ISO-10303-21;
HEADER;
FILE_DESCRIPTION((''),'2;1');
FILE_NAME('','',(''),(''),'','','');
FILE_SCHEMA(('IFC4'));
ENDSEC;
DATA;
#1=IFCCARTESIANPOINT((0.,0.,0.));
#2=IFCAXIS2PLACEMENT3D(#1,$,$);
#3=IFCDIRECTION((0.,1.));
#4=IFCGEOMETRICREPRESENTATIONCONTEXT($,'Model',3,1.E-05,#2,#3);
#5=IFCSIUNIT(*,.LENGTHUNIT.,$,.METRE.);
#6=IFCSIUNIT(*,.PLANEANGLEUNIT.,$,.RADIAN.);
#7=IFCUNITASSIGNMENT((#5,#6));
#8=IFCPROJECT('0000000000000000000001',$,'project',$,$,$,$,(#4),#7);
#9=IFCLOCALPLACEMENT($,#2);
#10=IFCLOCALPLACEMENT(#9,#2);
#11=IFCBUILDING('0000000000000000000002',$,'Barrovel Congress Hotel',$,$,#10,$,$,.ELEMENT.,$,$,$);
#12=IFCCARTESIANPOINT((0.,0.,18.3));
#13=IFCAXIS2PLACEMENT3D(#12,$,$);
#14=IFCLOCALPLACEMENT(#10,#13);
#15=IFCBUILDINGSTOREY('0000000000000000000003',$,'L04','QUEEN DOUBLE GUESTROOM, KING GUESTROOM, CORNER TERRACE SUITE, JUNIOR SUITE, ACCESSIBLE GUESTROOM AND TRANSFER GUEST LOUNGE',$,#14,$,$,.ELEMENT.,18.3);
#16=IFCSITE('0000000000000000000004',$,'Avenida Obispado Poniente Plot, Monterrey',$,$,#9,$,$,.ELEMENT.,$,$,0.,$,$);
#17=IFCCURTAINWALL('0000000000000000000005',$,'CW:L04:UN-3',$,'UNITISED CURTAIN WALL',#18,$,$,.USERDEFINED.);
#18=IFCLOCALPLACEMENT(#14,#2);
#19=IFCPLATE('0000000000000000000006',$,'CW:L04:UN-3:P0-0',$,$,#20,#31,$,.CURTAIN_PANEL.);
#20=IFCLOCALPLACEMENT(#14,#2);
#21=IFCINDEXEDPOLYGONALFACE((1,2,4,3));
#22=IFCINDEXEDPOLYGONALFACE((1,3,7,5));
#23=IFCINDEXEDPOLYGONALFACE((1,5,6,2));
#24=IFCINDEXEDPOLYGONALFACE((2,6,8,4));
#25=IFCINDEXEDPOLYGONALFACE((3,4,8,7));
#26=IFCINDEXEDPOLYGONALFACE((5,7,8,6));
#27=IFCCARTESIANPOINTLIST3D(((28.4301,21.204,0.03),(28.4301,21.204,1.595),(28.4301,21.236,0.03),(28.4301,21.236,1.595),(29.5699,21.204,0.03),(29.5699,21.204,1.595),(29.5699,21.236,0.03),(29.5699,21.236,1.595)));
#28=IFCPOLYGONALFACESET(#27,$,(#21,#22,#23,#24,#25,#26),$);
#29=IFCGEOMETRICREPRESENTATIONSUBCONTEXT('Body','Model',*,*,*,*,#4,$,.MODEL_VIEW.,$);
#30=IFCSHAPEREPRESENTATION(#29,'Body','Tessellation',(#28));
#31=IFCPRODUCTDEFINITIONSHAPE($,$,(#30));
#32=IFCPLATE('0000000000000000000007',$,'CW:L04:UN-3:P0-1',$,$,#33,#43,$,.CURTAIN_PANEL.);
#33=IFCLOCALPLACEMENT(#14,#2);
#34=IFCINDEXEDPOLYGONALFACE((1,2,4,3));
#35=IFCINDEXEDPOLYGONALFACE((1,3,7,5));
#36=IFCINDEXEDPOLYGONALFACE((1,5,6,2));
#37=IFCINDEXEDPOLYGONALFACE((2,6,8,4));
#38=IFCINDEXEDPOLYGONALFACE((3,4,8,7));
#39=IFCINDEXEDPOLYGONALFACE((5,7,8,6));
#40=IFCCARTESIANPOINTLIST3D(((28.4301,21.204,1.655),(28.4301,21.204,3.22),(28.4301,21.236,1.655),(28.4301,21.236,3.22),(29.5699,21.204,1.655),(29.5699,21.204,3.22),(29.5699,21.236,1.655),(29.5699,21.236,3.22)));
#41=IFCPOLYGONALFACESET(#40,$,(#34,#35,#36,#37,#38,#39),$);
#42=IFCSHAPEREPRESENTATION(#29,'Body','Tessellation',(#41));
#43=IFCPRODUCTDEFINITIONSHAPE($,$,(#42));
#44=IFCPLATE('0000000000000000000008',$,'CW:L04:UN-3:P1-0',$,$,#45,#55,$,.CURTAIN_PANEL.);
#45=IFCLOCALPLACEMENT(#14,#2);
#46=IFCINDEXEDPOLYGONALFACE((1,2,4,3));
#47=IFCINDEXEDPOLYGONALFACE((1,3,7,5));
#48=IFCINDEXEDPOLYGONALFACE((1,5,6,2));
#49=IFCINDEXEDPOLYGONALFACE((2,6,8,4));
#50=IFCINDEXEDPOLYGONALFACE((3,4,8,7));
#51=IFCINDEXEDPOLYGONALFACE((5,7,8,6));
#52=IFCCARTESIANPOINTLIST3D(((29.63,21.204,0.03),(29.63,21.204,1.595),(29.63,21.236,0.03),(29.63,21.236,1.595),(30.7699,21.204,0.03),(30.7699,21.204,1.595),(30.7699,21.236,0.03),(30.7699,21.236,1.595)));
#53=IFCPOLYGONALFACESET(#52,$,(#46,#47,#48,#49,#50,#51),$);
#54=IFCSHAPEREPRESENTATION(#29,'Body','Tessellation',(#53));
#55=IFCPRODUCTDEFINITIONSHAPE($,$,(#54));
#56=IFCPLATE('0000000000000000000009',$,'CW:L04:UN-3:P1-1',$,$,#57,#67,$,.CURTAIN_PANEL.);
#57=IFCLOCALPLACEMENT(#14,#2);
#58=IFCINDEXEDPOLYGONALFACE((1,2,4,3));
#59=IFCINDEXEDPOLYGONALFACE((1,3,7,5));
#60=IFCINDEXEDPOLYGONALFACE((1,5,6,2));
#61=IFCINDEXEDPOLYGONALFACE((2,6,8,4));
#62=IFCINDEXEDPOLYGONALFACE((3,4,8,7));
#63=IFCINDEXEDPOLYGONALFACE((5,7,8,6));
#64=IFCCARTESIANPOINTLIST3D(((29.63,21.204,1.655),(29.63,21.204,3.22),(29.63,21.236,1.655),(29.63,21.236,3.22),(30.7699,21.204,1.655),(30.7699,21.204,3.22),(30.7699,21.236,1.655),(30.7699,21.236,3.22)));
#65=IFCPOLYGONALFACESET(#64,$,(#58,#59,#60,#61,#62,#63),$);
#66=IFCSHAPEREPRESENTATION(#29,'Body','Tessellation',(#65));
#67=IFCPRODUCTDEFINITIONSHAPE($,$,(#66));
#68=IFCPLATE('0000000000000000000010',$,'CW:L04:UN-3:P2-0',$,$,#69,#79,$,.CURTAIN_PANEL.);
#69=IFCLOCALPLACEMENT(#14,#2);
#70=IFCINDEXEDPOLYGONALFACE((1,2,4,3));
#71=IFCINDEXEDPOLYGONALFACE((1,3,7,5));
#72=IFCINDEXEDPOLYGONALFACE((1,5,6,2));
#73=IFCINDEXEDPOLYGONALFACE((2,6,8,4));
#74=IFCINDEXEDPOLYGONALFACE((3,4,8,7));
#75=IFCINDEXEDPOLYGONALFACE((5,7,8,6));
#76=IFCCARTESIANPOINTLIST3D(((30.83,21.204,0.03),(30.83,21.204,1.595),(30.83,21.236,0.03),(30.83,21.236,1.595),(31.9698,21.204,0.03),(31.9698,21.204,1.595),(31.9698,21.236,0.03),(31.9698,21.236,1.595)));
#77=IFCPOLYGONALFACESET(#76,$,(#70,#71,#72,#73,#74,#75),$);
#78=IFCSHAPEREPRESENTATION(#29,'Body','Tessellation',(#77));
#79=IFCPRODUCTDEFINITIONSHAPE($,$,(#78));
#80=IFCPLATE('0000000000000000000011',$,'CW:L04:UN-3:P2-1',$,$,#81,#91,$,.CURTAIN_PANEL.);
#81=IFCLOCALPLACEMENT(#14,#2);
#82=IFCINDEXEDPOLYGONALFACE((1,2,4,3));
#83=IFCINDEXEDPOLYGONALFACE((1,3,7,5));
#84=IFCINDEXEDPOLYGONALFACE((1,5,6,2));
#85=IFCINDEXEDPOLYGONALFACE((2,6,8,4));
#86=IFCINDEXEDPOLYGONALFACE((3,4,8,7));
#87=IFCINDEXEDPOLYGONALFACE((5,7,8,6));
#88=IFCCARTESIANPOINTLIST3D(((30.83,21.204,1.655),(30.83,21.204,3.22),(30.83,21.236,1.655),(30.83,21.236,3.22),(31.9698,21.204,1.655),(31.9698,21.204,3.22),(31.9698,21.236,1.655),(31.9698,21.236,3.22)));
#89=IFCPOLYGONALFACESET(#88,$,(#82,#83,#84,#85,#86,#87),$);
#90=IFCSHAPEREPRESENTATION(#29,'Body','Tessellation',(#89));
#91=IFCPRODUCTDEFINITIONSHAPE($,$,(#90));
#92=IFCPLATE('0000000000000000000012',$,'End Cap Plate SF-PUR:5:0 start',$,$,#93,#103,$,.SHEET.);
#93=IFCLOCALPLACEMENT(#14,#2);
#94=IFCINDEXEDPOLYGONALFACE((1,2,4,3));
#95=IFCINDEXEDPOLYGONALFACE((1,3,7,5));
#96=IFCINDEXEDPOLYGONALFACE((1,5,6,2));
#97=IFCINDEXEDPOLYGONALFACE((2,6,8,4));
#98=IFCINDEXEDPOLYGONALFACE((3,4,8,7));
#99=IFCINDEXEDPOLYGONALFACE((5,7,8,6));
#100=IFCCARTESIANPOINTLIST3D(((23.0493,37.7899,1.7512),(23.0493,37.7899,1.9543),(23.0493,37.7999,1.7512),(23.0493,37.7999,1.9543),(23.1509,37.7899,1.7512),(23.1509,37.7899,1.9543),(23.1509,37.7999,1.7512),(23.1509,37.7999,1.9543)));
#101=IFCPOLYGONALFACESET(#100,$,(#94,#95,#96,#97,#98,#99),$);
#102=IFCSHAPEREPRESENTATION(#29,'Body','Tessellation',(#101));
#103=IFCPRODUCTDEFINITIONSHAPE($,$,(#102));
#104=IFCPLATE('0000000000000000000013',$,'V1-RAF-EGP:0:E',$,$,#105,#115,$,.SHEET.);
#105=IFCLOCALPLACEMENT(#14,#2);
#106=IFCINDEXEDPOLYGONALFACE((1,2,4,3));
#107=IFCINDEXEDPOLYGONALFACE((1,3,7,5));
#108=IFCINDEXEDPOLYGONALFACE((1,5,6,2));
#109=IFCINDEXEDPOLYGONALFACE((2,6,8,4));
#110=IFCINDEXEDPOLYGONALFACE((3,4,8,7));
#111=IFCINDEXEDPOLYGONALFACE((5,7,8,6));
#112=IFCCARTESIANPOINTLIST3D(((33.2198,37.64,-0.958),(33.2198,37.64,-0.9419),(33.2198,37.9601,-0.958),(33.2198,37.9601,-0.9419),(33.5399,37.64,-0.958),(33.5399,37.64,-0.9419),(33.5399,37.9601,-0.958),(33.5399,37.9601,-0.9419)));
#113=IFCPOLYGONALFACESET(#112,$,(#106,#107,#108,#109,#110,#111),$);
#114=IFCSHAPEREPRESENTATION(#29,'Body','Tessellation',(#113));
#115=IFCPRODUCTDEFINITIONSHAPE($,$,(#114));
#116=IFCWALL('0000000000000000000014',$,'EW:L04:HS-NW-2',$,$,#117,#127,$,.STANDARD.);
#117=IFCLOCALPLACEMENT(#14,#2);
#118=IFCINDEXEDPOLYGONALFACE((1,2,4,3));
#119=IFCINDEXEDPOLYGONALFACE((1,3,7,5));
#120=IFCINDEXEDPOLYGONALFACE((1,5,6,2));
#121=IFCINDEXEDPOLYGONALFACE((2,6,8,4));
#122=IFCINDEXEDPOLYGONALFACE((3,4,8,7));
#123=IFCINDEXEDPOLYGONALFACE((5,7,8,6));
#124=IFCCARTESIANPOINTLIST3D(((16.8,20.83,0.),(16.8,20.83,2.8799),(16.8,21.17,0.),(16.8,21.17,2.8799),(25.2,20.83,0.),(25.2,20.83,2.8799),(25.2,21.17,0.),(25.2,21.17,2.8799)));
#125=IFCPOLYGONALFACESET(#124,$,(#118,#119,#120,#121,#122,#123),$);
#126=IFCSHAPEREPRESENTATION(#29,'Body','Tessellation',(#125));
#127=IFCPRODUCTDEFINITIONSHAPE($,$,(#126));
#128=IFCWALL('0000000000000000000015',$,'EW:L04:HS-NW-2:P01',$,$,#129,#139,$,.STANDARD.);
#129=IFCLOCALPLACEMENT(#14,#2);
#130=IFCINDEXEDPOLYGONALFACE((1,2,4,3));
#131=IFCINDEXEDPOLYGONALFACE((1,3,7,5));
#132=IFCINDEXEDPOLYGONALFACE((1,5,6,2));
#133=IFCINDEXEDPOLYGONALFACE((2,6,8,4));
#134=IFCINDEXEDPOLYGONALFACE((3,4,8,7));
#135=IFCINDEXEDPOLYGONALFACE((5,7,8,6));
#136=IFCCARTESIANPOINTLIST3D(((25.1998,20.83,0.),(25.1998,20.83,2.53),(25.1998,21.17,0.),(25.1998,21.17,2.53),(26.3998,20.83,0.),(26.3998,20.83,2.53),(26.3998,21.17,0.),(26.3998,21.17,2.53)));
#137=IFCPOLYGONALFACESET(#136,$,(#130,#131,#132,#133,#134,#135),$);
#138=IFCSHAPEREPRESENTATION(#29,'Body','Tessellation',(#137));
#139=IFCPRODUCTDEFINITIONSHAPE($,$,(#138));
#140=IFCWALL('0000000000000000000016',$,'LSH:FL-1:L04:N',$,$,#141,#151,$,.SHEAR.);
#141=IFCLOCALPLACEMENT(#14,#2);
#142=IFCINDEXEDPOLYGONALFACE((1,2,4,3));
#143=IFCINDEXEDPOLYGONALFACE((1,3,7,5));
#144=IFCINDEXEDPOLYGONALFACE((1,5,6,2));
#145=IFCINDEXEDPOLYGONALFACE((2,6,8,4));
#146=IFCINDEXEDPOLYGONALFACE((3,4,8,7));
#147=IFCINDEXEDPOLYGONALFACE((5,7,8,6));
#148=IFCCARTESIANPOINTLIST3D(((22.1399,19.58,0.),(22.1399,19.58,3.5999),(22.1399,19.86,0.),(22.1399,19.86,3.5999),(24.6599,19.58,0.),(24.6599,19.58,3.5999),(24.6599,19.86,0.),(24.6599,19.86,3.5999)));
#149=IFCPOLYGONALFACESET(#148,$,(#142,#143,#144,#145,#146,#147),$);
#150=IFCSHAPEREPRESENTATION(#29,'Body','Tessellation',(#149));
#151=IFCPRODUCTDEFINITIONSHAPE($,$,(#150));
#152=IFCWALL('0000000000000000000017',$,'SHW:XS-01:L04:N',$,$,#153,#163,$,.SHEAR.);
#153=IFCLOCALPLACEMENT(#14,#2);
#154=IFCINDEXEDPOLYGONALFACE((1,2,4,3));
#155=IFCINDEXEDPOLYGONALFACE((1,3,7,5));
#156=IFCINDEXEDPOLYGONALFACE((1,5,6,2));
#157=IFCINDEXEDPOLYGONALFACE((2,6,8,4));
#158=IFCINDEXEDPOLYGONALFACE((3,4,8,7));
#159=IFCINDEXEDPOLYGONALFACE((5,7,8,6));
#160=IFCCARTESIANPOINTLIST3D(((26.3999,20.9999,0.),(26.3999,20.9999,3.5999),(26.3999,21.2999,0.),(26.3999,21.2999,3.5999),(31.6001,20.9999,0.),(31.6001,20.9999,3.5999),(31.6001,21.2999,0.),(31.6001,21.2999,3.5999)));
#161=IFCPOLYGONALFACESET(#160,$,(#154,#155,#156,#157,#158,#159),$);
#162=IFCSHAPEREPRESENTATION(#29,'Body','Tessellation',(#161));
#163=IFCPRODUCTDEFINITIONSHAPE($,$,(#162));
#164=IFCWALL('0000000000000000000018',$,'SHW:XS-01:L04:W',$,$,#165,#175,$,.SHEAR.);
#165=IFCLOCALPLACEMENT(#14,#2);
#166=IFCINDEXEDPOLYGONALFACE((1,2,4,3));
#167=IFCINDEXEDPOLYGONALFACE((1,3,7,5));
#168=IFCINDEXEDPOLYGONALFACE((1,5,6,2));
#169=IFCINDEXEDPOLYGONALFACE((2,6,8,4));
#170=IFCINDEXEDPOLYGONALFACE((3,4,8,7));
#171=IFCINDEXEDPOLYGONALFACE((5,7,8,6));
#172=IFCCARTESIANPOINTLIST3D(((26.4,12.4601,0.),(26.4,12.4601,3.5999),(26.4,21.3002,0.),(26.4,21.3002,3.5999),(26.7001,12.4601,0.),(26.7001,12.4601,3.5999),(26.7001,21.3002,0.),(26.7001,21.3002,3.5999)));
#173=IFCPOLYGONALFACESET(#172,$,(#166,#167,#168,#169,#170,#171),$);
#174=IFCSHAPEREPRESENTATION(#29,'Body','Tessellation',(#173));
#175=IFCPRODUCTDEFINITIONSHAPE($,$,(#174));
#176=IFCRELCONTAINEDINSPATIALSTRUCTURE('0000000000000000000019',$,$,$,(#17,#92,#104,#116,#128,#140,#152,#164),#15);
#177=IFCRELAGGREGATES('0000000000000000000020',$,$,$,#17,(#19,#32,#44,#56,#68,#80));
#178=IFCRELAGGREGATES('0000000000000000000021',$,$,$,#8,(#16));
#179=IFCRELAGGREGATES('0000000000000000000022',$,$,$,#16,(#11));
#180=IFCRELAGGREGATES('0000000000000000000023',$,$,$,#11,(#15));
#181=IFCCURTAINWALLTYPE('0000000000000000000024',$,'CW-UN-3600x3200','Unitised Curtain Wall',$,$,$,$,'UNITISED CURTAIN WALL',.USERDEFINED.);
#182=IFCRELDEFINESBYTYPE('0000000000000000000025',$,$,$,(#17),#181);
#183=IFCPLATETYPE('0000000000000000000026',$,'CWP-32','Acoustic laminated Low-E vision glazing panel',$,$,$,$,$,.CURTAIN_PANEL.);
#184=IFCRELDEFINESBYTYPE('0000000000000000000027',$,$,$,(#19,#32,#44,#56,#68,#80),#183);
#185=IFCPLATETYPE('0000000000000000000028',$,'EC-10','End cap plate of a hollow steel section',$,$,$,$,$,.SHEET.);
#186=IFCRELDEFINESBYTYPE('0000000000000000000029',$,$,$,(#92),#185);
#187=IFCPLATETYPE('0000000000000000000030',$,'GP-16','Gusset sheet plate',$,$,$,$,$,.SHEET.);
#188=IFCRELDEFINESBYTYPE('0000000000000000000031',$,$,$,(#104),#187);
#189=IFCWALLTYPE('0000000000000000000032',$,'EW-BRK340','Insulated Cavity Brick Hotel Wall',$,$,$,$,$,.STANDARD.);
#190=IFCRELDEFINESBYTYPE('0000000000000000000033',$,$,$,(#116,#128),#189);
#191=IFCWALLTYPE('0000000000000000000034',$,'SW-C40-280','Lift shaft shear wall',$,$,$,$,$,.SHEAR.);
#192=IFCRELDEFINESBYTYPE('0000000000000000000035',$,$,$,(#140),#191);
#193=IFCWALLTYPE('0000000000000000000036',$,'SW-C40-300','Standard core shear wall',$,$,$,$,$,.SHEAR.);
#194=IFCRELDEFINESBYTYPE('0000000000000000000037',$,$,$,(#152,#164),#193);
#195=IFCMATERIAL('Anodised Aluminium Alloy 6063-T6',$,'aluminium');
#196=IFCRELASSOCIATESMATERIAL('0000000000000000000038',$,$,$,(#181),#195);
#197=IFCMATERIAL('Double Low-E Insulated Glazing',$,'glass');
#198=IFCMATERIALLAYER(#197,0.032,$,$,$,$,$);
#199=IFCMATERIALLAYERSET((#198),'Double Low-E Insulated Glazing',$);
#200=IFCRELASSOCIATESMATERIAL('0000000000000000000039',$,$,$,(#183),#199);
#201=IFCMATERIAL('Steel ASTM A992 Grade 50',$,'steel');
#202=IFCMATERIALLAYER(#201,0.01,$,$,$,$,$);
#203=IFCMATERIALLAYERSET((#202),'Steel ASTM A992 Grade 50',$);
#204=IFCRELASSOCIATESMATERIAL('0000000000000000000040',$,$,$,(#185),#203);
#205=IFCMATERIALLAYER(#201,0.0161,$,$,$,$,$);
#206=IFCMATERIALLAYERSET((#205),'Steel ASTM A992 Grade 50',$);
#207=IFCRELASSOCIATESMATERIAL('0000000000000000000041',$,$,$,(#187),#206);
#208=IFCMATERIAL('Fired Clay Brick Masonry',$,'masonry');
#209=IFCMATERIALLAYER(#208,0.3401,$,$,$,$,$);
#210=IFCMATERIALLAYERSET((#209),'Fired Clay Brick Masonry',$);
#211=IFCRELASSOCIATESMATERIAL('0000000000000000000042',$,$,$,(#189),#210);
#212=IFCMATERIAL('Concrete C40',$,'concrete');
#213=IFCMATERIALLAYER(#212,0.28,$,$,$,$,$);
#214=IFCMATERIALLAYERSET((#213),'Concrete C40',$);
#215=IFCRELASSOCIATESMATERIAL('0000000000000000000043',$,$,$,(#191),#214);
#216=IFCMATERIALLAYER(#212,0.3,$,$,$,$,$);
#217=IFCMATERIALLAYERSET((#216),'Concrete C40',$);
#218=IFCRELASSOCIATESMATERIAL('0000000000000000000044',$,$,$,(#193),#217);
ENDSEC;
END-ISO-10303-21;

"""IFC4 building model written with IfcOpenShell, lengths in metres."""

from ifc_helpers import new_model, si_unit, direction, frame, frame_2d, origin, origin_2d, place, context, subcontext, project, spatial, rectangle, extrude, material, layer, layer_set, type_object, element, aggregate, save


model = new_model("IFC4")

# Units and contexts
model_context = context("Model", 3, precision=1e-05, world=origin(), true_north=direction((0.0, 1.0)))
body_context = subcontext(model_context, "Body", "Model", "MODEL_VIEW")
ifc_project = project(units=[si_unit("LENGTHUNIT", "METRE"), si_unit("PLANEANGLEUNIT", "RADIAN")], contexts=[model_context])

# Site, building, storey
site_placement = place(None, origin())
site = spatial("IfcSite", under=ifc_project, at=site_placement, Name="Avenida Obispado Poniente Plot, Monterrey", CompositionType="ELEMENT", RefElevation=0.0)
building_placement = place(site_placement, origin())
building = spatial("IfcBuilding", under=site, at=building_placement, Name="Barrovel Congress Hotel", CompositionType="ELEMENT")
storey_placement = place(building_placement, frame((0.0, 0.0, 18.3)))
storey = spatial("IfcBuildingStorey", under=building, at=storey_placement, Name="L04", Description="QUEEN DOUBLE GUESTROOM, KING GUESTROOM, CORNER TERRACE SUITE, JUNIOR SUITE, ACCESSIBLE GUESTROOM AND TRANSFER GUEST LOUNGE", CompositionType="ELEMENT", Elevation=18.3)

# Shared definitions
ifc_material_1 = material(Name="Concrete C40", Category="concrete")

# Curtain wall
ifc_material_2 = material(Name="Anodised Aluminium Alloy 6063-T6", Category="aluminium")
curtain_wall_type = type_object("IfcCurtainWallType", Name="CW-UN-3600x3200", Description="Unitised Curtain Wall", ElementType="UNITISED CURTAIN WALL", PredefinedType="USERDEFINED", material=ifc_material_2)
curtain_wall_placement = place(storey_placement, origin())
curtain_wall = element("IfcCurtainWall", 1, at=curtain_wall_placement, inside=storey, type_object=curtain_wall_type, Name="CW:L04:UN-3", ObjectType="UNITISED CURTAIN WALL", PredefinedType="USERDEFINED")

# Plates
ifc_material_3 = material(Name="Double Low-E Insulated Glazing", Category="glass")
ifc_layer_1 = layer(ifc_material_3, 0.032)
ifc_layer_set_1 = layer_set([ifc_layer_1], Name="Double Low-E Insulated Glazing")
plate_type_1 = type_object("IfcPlateType", Name="CWP-32", Description="Acoustic laminated Low-E vision glazing panel", PredefinedType="CURTAIN_PANEL", material=ifc_layer_set_1)
plate_1_placement = place(storey_placement, frame((29.0, 21.22, 0.03), z_axis=(0.0, 0.0, 1.0), x_axis=(1.0, 0.0, 0.0)))
plate_1 = element("IfcPlate", 2, at=plate_1_placement, type_object=plate_type_1, Name="CW:L04:UN-3:P0-0", PredefinedType="CURTAIN_PANEL", context=body_context, shape_type="SweptSolid", body=[
    extrude(rectangle(XDim=1.1399, YDim=0.032, at=origin_2d()), origin(), (0.0, 0.0, 1.0), 1.5649),
])
plate_2_placement = place(storey_placement, frame((29.0, 21.22, 1.655), z_axis=(0.0, 0.0, 1.0), x_axis=(1.0, 0.0, 0.0)))
plate_2 = element("IfcPlate", 3, at=plate_2_placement, type_object=plate_type_1, Name="CW:L04:UN-3:P0-1", PredefinedType="CURTAIN_PANEL", context=body_context, shape_type="SweptSolid", body=[
    extrude(rectangle(XDim=1.1399, YDim=0.032, at=origin_2d()), origin(), (0.0, 0.0, 1.0), 1.5649),
])
plate_3_placement = place(storey_placement, frame((30.2, 21.22, 0.03), z_axis=(0.0, 0.0, 1.0), x_axis=(1.0, 0.0, 0.0)))
plate_3 = element("IfcPlate", 4, at=plate_3_placement, type_object=plate_type_1, Name="CW:L04:UN-3:P1-0", PredefinedType="CURTAIN_PANEL", context=body_context, shape_type="SweptSolid", body=[
    extrude(rectangle(XDim=1.1399, YDim=0.032, at=origin_2d()), origin(), (0.0, 0.0, 1.0), 1.5649),
])
plate_4_placement = place(storey_placement, frame((30.2, 21.22, 1.655), z_axis=(0.0, 0.0, 1.0), x_axis=(1.0, 0.0, 0.0)))
plate_4 = element("IfcPlate", 5, at=plate_4_placement, type_object=plate_type_1, Name="CW:L04:UN-3:P1-1", PredefinedType="CURTAIN_PANEL", context=body_context, shape_type="SweptSolid", body=[
    extrude(rectangle(XDim=1.1399, YDim=0.032, at=origin_2d()), origin(), (0.0, 0.0, 1.0), 1.5649),
])
plate_5_placement = place(storey_placement, frame((31.3999, 21.22, 0.03), z_axis=(0.0, 0.0, 1.0), x_axis=(1.0, 0.0, 0.0)))
plate_5 = element("IfcPlate", 6, at=plate_5_placement, type_object=plate_type_1, Name="CW:L04:UN-3:P2-0", PredefinedType="CURTAIN_PANEL", context=body_context, shape_type="SweptSolid", body=[
    extrude(rectangle(XDim=1.1399, YDim=0.032, at=origin_2d()), origin(), (0.0, 0.0, 1.0), 1.5649),
])
plate_6_placement = place(storey_placement, frame((31.3999, 21.22, 1.655), z_axis=(0.0, 0.0, 1.0), x_axis=(1.0, 0.0, 0.0)))
plate_6 = element("IfcPlate", 7, at=plate_6_placement, type_object=plate_type_1, Name="CW:L04:UN-3:P2-1", PredefinedType="CURTAIN_PANEL", context=body_context, shape_type="SweptSolid", body=[
    extrude(rectangle(XDim=1.1399, YDim=0.032, at=origin_2d()), origin(), (0.0, 0.0, 1.0), 1.5649),
])
aggregate(curtain_wall, [plate_1, plate_2, plate_3, plate_4, plate_5, plate_6])

# Plates
ifc_material_4 = material(Name="Steel ASTM A992 Grade 50", Category="steel")
ifc_layer_2 = layer(ifc_material_4, 0.01)
ifc_layer_set_2 = layer_set([ifc_layer_2], Name="Steel ASTM A992 Grade 50")
plate_type_2 = type_object("IfcPlateType", Name="EC-10", Description="End cap plate of a hollow steel section", PredefinedType="SHEET", material=ifc_layer_set_2)
plate_7_placement = place(storey_placement, frame((23.1001, 37.7949, 1.7512), z_axis=(0.0, 0.0, 1.0), x_axis=(0.0, -1.0, 0.0)))
element("IfcPlate", 8, at=plate_7_placement, inside=storey, type_object=plate_type_2, Name="End Cap Plate SF-PUR:5:0 start", PredefinedType="SHEET", context=body_context, shape_type="SweptSolid", body=[
    extrude(rectangle(XDim=0.01, YDim=0.1016, at=origin_2d()), origin(), (0.0, 0.0, 1.0), 0.2031),
])
ifc_layer_3 = layer(ifc_material_4, 0.0161)
ifc_layer_set_3 = layer_set([ifc_layer_3], Name="Steel ASTM A992 Grade 50")
plate_type_3 = type_object("IfcPlateType", Name="GP-16", Description="Gusset sheet plate", PredefinedType="SHEET", material=ifc_layer_set_3)
plate_8_placement = place(storey_placement, frame((33.3799, 37.8, -0.958), z_axis=(0.0, 0.0, 1.0), x_axis=(1.0, 0.0, 0.0)))
element("IfcPlate", 9, at=plate_8_placement, inside=storey, type_object=plate_type_3, Name="V1-RAF-EGP:0:E", PredefinedType="SHEET", context=body_context, shape_type="SweptSolid", body=[
    extrude(rectangle(XDim=0.3201, YDim=0.3201, at=origin_2d()), origin(), (0.0, 0.0, 1.0), 0.0161),
])

# Walls
ifc_material_5 = material(Name="Fired Clay Brick Masonry", Category="masonry")
ifc_layer_4 = layer(ifc_material_5, 0.3401)
ifc_layer_set_4 = layer_set([ifc_layer_4], Name="Fired Clay Brick Masonry")
wall_type_1 = type_object("IfcWallType", Name="EW-BRK340", Description="Insulated Cavity Brick Hotel Wall", PredefinedType="STANDARD", material=ifc_layer_set_4)
wall_1_placement = place(storey_placement, frame((25.2, 21.0, 0.0), z_axis=(0.0, 0.0, 1.0), x_axis=(-1.0, 0.0, 0.0)))
element("IfcWall", 10, at=wall_1_placement, inside=storey, type_object=wall_type_1, Name="EW:L04:HS-NW-2", PredefinedType="STANDARD", context=body_context, shape_type="SweptSolid", body=[
    extrude(rectangle(XDim=8.3999, YDim=0.3401, at=frame_2d((4.2, 0.0))), origin(), (0.0, 0.0, 1.0), 2.8799),
])
wall_2_placement = place(storey_placement, frame((26.3999, 21.0, 0.0), z_axis=(0.0, 0.0, 1.0), x_axis=(-1.0, 0.0, 0.0)))
element("IfcWall", 11, at=wall_2_placement, inside=storey, type_object=wall_type_1, Name="EW:L04:HS-NW-2:P01", PredefinedType="STANDARD", context=body_context, shape_type="SweptSolid", body=[
    extrude(rectangle(XDim=1.2, YDim=0.3401, at=frame_2d((0.6001, 0.0))), origin(), (0.0, 0.0, 1.0), 2.53),
])
ifc_layer_5 = layer(ifc_material_1, 0.28)
ifc_layer_set_5 = layer_set([ifc_layer_5], Name="Concrete C40")
wall_type_2 = type_object("IfcWallType", Name="SW-C40-280", Description="Lift shaft shear wall", PredefinedType="SHEAR", material=ifc_layer_set_5)
wall_3_placement = place(storey_placement, frame((24.6599, 19.72, 0.0), z_axis=(0.0, 0.0, 1.0), x_axis=(-1.0, 0.0, 0.0)))
element("IfcWall", 12, at=wall_3_placement, inside=storey, type_object=wall_type_2, Name="LSH:FL-1:L04:N", PredefinedType="SHEAR", context=body_context, shape_type="SweptSolid", body=[
    extrude(rectangle(XDim=2.52, YDim=0.28, at=frame_2d((1.26, 0.0))), origin(), (0.0, 0.0, 1.0), 3.5999),
])
ifc_layer_6 = layer(ifc_material_1, 0.3)
ifc_layer_set_6 = layer_set([ifc_layer_6], Name="Concrete C40")
wall_type_3 = type_object("IfcWallType", Name="SW-C40-300", Description="Standard core shear wall", PredefinedType="SHEAR", material=ifc_layer_set_6)
wall_4_placement = place(storey_placement, frame((31.6001, 21.1499, 0.0), z_axis=(0.0, 0.0, 1.0), x_axis=(-1.0, 0.0, 0.0)))
element("IfcWall", 13, at=wall_4_placement, inside=storey, type_object=wall_type_3, Name="SHW:XS-01:L04:N", PredefinedType="SHEAR", context=body_context, shape_type="SweptSolid", body=[
    extrude(rectangle(XDim=5.2002, YDim=0.3, at=frame_2d((2.6001, 0.0))), origin(), (0.0, 0.0, 1.0), 3.5999),
])
wall_5_placement = place(storey_placement, frame((26.55, 21.3, 0.0), z_axis=(0.0, 0.0, 1.0), x_axis=(0.0, -1.0, 0.0)))
element("IfcWall", 14, at=wall_5_placement, inside=storey, type_object=wall_type_3, Name="SHW:XS-01:L04:W", PredefinedType="SHEAR", context=body_context, shape_type="SweptSolid", body=[
    extrude(rectangle(XDim=8.8401, YDim=0.3, at=frame_2d((4.4199, 0.0))), origin(), (0.0, 0.0, 1.0), 3.5999),
])

save(model, "model.ifc")
